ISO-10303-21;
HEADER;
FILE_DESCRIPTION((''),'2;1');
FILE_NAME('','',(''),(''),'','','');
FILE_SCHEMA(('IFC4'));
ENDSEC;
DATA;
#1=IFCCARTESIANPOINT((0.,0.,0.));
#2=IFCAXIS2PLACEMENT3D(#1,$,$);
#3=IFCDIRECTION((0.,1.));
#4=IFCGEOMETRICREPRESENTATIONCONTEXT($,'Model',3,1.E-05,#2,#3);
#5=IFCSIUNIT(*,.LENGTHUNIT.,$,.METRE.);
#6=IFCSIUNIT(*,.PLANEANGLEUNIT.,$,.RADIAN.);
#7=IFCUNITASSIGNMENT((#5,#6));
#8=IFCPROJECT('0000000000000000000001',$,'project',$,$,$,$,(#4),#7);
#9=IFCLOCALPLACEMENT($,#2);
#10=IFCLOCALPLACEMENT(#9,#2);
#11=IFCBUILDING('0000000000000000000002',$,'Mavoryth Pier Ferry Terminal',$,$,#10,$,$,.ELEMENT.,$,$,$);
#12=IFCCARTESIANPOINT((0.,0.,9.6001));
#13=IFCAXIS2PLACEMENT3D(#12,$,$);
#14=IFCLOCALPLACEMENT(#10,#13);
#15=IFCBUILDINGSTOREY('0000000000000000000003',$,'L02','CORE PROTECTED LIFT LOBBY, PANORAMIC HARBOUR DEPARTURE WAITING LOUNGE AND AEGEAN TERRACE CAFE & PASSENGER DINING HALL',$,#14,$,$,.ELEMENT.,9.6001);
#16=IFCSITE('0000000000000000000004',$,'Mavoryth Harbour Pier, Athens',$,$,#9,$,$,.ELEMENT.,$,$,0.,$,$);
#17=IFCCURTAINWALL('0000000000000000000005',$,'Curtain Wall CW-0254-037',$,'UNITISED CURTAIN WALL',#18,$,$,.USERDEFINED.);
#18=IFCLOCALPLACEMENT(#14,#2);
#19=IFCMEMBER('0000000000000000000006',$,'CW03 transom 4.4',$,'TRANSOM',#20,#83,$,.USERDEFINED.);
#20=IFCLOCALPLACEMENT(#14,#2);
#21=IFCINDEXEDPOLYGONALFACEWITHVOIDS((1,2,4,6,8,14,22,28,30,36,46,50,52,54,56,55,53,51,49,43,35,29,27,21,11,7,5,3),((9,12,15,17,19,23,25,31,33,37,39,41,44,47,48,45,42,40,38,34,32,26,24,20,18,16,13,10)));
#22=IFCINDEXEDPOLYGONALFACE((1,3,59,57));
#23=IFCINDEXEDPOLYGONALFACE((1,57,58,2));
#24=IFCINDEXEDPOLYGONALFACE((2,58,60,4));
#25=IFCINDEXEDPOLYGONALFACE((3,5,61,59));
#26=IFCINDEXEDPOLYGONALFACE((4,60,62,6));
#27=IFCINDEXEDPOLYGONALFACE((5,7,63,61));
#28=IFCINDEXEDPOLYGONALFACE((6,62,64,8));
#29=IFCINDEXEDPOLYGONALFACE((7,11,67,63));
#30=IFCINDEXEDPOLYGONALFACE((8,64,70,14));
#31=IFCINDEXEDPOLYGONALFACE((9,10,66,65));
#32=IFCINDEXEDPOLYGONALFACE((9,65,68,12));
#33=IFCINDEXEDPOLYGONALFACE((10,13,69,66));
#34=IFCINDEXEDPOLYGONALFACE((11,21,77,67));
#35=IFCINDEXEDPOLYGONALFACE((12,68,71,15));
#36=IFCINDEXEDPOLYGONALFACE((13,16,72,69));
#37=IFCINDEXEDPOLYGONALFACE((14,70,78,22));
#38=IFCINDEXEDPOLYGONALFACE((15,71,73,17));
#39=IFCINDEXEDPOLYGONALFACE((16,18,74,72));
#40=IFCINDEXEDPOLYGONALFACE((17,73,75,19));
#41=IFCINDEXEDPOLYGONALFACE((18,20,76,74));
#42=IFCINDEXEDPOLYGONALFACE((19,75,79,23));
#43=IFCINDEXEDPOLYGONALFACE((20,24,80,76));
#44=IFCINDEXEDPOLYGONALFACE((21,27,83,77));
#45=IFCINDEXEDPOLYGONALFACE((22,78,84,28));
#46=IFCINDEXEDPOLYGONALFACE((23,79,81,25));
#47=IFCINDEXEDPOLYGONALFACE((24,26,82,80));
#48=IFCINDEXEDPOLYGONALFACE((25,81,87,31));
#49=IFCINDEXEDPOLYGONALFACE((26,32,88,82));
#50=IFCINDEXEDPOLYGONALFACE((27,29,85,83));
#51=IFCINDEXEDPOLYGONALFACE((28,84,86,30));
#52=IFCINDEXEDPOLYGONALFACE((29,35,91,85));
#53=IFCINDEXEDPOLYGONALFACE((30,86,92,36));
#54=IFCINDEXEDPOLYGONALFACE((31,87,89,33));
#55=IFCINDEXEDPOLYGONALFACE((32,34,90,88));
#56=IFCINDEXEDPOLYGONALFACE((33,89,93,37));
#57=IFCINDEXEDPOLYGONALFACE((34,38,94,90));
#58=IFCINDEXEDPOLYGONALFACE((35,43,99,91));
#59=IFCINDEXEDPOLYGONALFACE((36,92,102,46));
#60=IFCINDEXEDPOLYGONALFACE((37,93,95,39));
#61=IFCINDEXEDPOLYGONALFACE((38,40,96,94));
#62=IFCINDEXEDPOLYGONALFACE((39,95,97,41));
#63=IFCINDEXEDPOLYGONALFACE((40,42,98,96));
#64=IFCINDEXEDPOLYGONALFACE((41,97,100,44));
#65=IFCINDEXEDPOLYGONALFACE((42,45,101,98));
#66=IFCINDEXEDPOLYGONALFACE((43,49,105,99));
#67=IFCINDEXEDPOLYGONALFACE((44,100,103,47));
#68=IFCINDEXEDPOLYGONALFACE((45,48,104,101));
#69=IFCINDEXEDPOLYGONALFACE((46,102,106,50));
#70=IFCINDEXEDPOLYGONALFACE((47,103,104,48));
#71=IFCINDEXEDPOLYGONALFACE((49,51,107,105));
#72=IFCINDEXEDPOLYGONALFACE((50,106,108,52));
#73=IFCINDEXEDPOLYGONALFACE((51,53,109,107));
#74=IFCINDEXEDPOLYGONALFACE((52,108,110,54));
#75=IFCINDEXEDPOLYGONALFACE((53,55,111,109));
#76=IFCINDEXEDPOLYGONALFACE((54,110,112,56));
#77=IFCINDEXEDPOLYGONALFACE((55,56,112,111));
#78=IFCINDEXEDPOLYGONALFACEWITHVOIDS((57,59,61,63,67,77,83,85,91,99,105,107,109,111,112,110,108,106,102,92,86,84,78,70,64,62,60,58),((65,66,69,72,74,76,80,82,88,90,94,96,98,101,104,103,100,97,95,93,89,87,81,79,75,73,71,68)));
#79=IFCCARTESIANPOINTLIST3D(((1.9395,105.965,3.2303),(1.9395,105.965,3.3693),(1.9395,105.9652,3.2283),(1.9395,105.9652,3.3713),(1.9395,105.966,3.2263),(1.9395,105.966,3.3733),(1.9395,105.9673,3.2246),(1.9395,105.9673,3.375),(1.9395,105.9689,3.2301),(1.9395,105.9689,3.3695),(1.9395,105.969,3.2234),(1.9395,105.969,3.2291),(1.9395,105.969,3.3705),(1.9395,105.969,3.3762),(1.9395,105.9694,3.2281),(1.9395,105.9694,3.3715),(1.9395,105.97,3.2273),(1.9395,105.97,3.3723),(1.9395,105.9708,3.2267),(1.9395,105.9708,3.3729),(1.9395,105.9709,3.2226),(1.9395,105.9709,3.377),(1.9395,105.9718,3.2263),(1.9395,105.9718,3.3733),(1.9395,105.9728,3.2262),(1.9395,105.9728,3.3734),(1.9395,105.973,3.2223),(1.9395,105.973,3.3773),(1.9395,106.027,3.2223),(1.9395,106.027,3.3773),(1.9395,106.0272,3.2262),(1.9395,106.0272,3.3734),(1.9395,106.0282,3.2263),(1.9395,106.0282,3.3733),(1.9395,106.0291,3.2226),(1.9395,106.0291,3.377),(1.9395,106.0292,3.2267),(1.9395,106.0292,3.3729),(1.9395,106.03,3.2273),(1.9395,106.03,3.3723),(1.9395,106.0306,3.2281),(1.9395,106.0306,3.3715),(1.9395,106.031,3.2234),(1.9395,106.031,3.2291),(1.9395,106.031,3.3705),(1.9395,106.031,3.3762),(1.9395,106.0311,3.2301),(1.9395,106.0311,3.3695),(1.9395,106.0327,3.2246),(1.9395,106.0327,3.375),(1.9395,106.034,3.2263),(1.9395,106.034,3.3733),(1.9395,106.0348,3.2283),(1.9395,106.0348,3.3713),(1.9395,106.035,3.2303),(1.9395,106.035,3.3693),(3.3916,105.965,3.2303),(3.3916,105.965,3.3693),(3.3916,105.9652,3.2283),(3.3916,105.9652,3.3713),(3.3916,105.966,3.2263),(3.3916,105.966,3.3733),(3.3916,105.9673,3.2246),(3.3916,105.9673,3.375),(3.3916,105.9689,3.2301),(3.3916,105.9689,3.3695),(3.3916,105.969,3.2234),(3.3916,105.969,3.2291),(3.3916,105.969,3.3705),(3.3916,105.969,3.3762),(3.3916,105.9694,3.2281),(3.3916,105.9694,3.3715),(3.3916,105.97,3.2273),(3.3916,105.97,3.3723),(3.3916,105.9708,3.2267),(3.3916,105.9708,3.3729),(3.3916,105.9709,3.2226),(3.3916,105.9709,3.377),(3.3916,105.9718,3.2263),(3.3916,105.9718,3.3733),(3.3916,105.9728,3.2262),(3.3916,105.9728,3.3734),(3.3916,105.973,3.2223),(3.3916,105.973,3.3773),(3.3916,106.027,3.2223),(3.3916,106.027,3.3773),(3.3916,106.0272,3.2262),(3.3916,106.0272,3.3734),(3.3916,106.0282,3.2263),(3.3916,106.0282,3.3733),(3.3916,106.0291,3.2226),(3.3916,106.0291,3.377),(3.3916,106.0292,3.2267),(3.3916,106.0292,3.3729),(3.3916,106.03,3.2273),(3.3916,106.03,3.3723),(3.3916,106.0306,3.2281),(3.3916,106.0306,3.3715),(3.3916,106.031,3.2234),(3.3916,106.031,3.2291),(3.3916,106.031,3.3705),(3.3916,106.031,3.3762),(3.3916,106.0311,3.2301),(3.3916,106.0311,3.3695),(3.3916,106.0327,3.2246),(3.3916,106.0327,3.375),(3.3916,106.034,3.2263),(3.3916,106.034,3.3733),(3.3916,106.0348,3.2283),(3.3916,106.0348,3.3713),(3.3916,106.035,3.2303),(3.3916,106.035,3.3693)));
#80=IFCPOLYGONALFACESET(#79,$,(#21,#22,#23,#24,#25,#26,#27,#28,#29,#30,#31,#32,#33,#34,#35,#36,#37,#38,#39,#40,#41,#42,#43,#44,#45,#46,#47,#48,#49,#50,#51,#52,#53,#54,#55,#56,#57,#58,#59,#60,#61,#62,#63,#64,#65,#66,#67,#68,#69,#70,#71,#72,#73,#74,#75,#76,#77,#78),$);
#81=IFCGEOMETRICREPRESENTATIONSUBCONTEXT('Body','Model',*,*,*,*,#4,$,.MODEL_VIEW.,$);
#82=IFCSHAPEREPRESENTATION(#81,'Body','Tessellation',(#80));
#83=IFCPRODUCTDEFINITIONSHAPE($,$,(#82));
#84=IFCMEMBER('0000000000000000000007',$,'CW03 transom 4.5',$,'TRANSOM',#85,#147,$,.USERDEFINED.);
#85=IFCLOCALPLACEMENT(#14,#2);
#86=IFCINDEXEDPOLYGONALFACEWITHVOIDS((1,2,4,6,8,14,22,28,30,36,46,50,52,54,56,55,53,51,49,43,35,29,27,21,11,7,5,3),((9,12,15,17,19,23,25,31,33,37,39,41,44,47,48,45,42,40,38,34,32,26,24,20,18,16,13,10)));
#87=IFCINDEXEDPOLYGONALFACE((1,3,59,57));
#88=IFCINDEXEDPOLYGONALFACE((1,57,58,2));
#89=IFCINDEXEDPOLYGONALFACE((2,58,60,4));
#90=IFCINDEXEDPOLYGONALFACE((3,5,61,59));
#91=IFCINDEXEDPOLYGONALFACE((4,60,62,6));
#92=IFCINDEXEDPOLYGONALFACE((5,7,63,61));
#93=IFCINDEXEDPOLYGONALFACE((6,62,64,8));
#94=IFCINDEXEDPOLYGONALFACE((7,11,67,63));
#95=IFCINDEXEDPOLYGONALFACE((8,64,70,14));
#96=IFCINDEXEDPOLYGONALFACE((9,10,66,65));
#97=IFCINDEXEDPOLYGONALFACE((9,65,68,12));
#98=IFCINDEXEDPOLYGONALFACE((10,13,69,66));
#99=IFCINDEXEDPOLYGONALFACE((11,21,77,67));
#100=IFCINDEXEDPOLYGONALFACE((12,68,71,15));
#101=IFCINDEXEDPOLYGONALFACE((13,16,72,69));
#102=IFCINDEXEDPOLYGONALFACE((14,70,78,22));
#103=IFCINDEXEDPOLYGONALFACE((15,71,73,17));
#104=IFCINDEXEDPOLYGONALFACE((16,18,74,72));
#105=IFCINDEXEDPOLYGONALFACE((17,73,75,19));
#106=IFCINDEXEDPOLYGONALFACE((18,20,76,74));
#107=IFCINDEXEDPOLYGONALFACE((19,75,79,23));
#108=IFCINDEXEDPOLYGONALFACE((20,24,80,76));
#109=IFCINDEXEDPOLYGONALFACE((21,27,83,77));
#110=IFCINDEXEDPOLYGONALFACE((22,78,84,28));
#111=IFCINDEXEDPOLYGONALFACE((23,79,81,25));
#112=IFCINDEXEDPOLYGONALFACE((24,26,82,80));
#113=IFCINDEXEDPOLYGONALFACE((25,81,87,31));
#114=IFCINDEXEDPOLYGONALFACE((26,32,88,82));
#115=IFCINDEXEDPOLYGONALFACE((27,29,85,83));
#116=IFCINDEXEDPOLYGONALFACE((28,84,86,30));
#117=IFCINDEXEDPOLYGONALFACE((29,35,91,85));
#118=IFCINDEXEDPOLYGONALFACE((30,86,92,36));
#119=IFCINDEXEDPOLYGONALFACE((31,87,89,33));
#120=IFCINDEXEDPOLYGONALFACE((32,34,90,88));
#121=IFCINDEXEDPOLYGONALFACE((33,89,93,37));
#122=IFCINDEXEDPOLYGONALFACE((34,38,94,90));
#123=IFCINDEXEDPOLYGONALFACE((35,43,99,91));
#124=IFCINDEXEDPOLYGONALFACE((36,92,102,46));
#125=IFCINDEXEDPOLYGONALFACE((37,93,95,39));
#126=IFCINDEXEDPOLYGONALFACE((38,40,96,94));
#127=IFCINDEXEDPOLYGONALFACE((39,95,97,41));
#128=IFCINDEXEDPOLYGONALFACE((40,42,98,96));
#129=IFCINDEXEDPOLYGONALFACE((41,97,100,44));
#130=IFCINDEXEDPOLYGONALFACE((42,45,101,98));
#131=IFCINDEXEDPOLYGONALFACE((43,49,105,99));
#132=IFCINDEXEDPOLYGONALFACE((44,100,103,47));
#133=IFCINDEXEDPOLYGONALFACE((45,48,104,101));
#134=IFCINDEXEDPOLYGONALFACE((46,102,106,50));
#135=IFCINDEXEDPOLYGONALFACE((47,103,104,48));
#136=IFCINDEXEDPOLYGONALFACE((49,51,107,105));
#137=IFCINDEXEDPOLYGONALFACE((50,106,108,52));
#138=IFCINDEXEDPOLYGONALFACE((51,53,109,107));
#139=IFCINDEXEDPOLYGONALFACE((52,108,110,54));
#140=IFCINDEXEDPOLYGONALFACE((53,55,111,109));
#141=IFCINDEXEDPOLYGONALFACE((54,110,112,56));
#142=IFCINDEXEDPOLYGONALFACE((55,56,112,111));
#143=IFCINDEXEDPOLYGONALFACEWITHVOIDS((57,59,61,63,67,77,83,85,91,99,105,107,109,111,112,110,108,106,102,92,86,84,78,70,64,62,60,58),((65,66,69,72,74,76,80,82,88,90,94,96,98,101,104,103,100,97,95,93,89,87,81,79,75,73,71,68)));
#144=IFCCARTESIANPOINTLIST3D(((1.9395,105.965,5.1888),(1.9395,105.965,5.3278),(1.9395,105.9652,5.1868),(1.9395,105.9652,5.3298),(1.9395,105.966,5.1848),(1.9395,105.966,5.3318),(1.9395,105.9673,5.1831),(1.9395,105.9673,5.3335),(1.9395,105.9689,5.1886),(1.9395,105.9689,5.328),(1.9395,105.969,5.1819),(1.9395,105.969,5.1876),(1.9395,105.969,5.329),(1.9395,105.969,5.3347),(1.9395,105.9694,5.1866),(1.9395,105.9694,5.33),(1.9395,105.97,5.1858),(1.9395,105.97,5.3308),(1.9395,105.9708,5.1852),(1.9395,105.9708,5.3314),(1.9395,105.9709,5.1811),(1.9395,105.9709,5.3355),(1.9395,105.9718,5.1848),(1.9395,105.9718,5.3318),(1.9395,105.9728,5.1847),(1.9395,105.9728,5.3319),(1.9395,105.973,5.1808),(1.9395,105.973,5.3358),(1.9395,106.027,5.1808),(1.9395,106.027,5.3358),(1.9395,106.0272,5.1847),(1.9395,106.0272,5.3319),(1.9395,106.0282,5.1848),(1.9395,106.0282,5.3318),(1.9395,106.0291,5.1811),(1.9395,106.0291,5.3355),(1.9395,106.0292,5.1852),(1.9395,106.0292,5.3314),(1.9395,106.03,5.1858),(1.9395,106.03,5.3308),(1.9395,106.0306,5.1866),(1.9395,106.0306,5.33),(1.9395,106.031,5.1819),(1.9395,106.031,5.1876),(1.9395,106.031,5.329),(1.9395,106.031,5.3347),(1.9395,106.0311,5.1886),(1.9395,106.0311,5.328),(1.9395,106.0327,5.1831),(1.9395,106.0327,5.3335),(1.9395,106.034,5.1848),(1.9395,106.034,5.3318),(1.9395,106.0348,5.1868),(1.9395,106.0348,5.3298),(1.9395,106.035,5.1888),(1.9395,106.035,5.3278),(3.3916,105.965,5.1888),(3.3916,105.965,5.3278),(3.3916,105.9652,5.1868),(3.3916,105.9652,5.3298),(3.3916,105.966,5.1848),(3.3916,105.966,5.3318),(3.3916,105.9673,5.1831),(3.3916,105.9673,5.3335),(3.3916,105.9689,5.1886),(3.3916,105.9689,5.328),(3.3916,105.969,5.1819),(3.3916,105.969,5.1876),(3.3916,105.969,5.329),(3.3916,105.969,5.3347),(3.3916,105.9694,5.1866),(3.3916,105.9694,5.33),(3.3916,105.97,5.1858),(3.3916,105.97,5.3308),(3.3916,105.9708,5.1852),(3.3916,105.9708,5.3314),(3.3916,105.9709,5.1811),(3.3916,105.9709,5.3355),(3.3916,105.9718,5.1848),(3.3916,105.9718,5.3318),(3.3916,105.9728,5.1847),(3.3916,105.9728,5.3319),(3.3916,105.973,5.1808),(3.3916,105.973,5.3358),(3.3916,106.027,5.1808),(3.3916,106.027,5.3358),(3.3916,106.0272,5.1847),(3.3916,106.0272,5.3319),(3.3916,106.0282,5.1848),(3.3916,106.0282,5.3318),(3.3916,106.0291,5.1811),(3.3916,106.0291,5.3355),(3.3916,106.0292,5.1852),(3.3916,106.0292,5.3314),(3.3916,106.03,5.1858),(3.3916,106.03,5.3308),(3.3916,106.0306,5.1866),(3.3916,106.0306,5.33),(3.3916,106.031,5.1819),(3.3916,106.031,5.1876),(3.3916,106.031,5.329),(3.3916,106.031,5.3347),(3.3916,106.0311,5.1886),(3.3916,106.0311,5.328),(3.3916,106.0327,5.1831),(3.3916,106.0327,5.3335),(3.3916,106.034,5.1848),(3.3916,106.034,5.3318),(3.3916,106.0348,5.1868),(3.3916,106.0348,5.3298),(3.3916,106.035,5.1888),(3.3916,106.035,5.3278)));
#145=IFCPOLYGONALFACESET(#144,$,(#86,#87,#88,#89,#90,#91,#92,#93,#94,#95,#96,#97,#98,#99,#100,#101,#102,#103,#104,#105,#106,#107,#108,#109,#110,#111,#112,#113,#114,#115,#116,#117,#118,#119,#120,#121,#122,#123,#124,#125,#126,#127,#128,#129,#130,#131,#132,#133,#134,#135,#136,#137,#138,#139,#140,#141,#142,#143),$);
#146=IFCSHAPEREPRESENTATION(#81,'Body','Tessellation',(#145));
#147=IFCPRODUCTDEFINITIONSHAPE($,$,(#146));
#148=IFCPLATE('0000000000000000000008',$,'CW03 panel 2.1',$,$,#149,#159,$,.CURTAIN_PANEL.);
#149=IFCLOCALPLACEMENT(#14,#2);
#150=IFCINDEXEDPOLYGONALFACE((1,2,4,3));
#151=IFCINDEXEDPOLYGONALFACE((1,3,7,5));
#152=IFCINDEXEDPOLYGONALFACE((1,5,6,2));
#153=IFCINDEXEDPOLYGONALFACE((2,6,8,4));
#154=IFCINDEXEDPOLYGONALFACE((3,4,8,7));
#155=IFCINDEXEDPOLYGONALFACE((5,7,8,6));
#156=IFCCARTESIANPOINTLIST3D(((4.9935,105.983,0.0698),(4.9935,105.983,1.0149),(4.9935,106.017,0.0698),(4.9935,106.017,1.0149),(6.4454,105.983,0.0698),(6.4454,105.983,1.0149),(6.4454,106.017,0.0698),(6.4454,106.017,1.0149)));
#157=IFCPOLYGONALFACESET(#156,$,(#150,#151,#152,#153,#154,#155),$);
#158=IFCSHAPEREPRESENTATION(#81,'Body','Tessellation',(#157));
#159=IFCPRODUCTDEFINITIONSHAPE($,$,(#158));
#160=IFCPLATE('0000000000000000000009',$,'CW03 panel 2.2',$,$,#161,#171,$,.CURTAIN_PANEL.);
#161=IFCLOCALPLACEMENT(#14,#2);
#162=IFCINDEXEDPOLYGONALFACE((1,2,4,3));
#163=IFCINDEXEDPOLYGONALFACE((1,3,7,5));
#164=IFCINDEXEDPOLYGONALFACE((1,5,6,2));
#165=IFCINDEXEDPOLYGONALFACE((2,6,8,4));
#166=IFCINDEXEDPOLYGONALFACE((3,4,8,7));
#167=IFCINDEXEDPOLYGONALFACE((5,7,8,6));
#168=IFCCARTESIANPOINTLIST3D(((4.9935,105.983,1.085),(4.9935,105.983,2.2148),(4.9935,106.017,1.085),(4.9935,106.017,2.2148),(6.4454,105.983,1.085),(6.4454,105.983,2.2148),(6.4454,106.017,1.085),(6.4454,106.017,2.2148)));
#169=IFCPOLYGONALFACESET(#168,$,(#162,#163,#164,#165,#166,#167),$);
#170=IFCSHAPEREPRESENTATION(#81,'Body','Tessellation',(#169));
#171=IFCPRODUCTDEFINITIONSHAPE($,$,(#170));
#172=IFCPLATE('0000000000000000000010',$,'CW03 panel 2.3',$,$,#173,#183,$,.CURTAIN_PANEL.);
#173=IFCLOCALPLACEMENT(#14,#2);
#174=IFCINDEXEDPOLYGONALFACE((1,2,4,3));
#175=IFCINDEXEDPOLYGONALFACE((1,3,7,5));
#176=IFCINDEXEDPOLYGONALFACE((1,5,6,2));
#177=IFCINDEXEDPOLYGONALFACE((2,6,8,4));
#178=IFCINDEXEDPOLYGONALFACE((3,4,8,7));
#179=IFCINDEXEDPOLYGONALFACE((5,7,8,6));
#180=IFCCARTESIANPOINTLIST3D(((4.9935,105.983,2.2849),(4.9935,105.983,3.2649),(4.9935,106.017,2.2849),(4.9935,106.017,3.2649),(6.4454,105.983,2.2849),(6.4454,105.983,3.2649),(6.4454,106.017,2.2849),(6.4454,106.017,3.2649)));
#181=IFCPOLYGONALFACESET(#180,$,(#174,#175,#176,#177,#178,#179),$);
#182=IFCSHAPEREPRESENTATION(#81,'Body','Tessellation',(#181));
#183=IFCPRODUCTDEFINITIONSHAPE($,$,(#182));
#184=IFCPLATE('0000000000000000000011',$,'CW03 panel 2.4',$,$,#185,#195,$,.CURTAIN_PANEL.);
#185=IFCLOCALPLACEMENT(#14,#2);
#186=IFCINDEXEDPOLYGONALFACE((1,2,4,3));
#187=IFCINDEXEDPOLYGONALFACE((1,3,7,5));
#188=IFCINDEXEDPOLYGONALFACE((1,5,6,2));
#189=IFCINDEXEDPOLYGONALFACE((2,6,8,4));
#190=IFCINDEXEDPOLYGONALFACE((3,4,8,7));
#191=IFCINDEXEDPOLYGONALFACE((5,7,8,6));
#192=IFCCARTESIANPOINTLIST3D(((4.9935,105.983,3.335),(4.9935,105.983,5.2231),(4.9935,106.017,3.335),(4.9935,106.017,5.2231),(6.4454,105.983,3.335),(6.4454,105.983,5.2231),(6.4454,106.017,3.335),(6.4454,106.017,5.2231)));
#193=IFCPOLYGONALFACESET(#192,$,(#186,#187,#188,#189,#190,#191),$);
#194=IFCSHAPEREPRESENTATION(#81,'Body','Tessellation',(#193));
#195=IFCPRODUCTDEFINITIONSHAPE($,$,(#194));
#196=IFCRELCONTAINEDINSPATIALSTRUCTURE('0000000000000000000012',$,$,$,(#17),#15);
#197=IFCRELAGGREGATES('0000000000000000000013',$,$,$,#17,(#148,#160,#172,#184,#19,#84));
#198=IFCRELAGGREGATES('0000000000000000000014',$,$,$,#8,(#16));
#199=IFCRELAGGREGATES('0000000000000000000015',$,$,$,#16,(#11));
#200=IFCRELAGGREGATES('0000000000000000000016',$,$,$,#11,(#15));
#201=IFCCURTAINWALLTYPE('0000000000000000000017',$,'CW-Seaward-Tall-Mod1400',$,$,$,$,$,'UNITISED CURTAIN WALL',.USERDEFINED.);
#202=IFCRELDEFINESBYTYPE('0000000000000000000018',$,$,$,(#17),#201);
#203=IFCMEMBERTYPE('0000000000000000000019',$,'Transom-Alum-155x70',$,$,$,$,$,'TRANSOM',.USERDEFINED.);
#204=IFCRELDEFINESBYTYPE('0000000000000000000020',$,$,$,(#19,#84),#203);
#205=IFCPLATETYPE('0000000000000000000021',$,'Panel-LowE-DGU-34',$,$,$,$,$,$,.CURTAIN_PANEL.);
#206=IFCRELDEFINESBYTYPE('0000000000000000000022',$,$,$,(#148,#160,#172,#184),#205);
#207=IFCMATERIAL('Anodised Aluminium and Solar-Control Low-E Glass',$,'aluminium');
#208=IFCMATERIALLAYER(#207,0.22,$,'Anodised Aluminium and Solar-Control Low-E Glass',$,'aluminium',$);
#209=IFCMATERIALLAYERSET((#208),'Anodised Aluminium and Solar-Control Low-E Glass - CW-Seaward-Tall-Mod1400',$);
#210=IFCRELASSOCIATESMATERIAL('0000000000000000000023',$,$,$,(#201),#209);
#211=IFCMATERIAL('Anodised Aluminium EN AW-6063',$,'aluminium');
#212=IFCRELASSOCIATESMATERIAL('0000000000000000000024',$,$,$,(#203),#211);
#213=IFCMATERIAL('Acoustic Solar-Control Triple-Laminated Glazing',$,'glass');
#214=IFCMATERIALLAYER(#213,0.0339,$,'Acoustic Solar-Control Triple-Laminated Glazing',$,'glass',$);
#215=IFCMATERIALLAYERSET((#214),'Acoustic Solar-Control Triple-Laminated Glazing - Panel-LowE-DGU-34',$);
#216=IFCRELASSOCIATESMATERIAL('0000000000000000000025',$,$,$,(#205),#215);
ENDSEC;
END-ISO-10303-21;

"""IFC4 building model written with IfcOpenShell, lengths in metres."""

from ifc_helpers import new_model, si_unit, direction, frame, origin, origin_2d, place, context, subcontext, project, spatial, rectangle, hollow_rectangle, extrude, material, layer, layer_set, material_profile, profile_set, type_object, element, aggregate, save


model = new_model("IFC4")

# Units and contexts
model_context = context("Model", 3, precision=1e-05, world=origin(), true_north=direction((0.0, 1.0)))
body_context = subcontext(model_context, "Body", "Model", "MODEL_VIEW")
ifc_project = project(units=[si_unit("LENGTHUNIT", "METRE"), si_unit("PLANEANGLEUNIT", "RADIAN")], contexts=[model_context])

# Site, building, storey
site_placement = place(None, origin())
site = spatial("IfcSite", under=ifc_project, at=site_placement, Name="Mavoryth Harbour Pier, Athens", CompositionType="ELEMENT", RefElevation=0.0)
building_placement = place(site_placement, origin())
building = spatial("IfcBuilding", under=site, at=building_placement, Name="Mavoryth Pier Ferry Terminal", CompositionType="ELEMENT")
storey_placement = place(building_placement, frame((0.0, 0.0, 9.6001)))
storey = spatial("IfcBuildingStorey", under=building, at=storey_placement, Name="L02", Description="CORE PROTECTED LIFT LOBBY, PANORAMIC HARBOUR DEPARTURE WAITING LOUNGE AND AEGEAN TERRACE CAFE & PASSENGER DINING HALL", CompositionType="ELEMENT", Elevation=9.6001)

# Curtain wall
ifc_material_1 = material(Name="Anodised Aluminium and Solar-Control Low-E Glass", Category="aluminium")
ifc_layer_1 = layer(ifc_material_1, 0.22, Name="Anodised Aluminium and Solar-Control Low-E Glass", Category="aluminium")
ifc_layer_set_1 = layer_set([ifc_layer_1], Name="Anodised Aluminium and Solar-Control Low-E Glass - CW-Seaward-Tall-Mod1400")
curtain_wall_type = type_object("IfcCurtainWallType", Name="CW-Seaward-Tall-Mod1400", ElementType="UNITISED CURTAIN WALL", PredefinedType="USERDEFINED", material=ifc_layer_set_1)
curtain_wall_placement = place(storey_placement, origin())
curtain_wall = element("IfcCurtainWall", 1, at=curtain_wall_placement, inside=storey, type_object=curtain_wall_type, Name="Curtain Wall CW-0254-037", ObjectType="UNITISED CURTAIN WALL", PredefinedType="USERDEFINED")
ifc_material_2 = material(Name="Anodised Aluminium EN AW-6063", Category="aluminium")

# Members
ifc_material_profile_1 = material_profile(ifc_material_2, hollow_rectangle(XDim=0.0701, YDim=0.155, WallThickness=0.0039, InnerFilletRadius=0.0039, OuterFilletRadius=0.0081, at=origin_2d()), Name="AL-TRAN 155x70x4", Category="aluminium")
ifc_profile_set_1 = profile_set([ifc_material_profile_1], Name="Anodised Aluminium EN AW-6063 - AL-TRAN 155x70x4")
member_type_1 = type_object("IfcMemberType", Name="Transom-Alum-155x70", ElementType="TRANSOM", PredefinedType="USERDEFINED", material=ifc_profile_set_1)
member_1_placement = place(storey_placement, frame((3.3916, 106.0, 3.2998), z_axis=(-1.0, 0.0, 0.0), x_axis=(0.0, -1.0, 0.0)))
member_1 = element("IfcMember", 2, at=member_1_placement, type_object=member_type_1, Name="CW03 transom 4.4", ObjectType="TRANSOM", PredefinedType="USERDEFINED", context=body_context, shape_type="SweptSolid", body=[
    extrude(hollow_rectangle(XDim=0.0701, YDim=0.155, WallThickness=0.0039, InnerFilletRadius=0.0039, OuterFilletRadius=0.0081, at=origin_2d()), origin(), (0.0, 0.0, 1.0), 1.4521),
])
member_2_placement = place(storey_placement, frame((3.3916, 106.0, 5.2583), z_axis=(-1.0, 0.0, 0.0), x_axis=(0.0, -1.0, 0.0)))
member_2 = element("IfcMember", 3, at=member_2_placement, type_object=member_type_1, Name="CW03 transom 4.5", ObjectType="TRANSOM", PredefinedType="USERDEFINED", context=body_context, shape_type="SweptSolid", body=[
    extrude(hollow_rectangle(XDim=0.0701, YDim=0.155, WallThickness=0.0039, InnerFilletRadius=0.0039, OuterFilletRadius=0.0081, at=origin_2d()), origin(), (0.0, 0.0, 1.0), 1.4521),
])

# Plates
ifc_material_3 = material(Name="Acoustic Solar-Control Triple-Laminated Glazing", Category="glass")
ifc_layer_2 = layer(ifc_material_3, 0.0339, Name="Acoustic Solar-Control Triple-Laminated Glazing", Category="glass")
ifc_layer_set_2 = layer_set([ifc_layer_2], Name="Acoustic Solar-Control Triple-Laminated Glazing - Panel-LowE-DGU-34")
plate_type_1 = type_object("IfcPlateType", Name="Panel-LowE-DGU-34", PredefinedType="CURTAIN_PANEL", material=ifc_layer_set_2)
plate_1_placement = place(storey_placement, frame((5.7195, 106.0, 0.0698), z_axis=(0.0, 0.0, 1.0), x_axis=(-1.0, 0.0, 0.0)))
plate_1 = element("IfcPlate", 4, at=plate_1_placement, type_object=plate_type_1, Name="CW03 panel 2.1", PredefinedType="CURTAIN_PANEL", context=body_context, shape_type="SweptSolid", body=[
    extrude(rectangle(XDim=1.4519, YDim=0.0339, at=origin_2d()), origin(), (0.0, 0.0, 1.0), 0.9451),
])
plate_2_placement = place(storey_placement, frame((5.7195, 106.0, 1.085), z_axis=(0.0, 0.0, 1.0), x_axis=(-1.0, 0.0, 0.0)))
plate_2 = element("IfcPlate", 5, at=plate_2_placement, type_object=plate_type_1, Name="CW03 panel 2.2", PredefinedType="CURTAIN_PANEL", context=body_context, shape_type="SweptSolid", body=[
    extrude(rectangle(XDim=1.4519, YDim=0.0339, at=origin_2d()), origin(), (0.0, 0.0, 1.0), 1.1299),
])
plate_3_placement = place(storey_placement, frame((5.7195, 106.0, 2.2849), z_axis=(0.0, 0.0, 1.0), x_axis=(-1.0, 0.0, 0.0)))
plate_3 = element("IfcPlate", 6, at=plate_3_placement, type_object=plate_type_1, Name="CW03 panel 2.3", PredefinedType="CURTAIN_PANEL", context=body_context, shape_type="SweptSolid", body=[
    extrude(rectangle(XDim=1.4519, YDim=0.0339, at=origin_2d()), origin(), (0.0, 0.0, 1.0), 0.98),
])
plate_4_placement = place(storey_placement, frame((5.7195, 106.0, 3.335), z_axis=(0.0, 0.0, 1.0), x_axis=(-1.0, 0.0, 0.0)))
plate_4 = element("IfcPlate", 7, at=plate_4_placement, type_object=plate_type_1, Name="CW03 panel 2.4", PredefinedType="CURTAIN_PANEL", context=body_context, shape_type="SweptSolid", body=[
    extrude(rectangle(XDim=1.4519, YDim=0.0339, at=origin_2d()), origin(), (0.0, 0.0, 1.0), 1.8882),
])
aggregate(curtain_wall, [plate_1, plate_2, plate_3, plate_4, member_1, member_2])

save(model, "model.ifc")
